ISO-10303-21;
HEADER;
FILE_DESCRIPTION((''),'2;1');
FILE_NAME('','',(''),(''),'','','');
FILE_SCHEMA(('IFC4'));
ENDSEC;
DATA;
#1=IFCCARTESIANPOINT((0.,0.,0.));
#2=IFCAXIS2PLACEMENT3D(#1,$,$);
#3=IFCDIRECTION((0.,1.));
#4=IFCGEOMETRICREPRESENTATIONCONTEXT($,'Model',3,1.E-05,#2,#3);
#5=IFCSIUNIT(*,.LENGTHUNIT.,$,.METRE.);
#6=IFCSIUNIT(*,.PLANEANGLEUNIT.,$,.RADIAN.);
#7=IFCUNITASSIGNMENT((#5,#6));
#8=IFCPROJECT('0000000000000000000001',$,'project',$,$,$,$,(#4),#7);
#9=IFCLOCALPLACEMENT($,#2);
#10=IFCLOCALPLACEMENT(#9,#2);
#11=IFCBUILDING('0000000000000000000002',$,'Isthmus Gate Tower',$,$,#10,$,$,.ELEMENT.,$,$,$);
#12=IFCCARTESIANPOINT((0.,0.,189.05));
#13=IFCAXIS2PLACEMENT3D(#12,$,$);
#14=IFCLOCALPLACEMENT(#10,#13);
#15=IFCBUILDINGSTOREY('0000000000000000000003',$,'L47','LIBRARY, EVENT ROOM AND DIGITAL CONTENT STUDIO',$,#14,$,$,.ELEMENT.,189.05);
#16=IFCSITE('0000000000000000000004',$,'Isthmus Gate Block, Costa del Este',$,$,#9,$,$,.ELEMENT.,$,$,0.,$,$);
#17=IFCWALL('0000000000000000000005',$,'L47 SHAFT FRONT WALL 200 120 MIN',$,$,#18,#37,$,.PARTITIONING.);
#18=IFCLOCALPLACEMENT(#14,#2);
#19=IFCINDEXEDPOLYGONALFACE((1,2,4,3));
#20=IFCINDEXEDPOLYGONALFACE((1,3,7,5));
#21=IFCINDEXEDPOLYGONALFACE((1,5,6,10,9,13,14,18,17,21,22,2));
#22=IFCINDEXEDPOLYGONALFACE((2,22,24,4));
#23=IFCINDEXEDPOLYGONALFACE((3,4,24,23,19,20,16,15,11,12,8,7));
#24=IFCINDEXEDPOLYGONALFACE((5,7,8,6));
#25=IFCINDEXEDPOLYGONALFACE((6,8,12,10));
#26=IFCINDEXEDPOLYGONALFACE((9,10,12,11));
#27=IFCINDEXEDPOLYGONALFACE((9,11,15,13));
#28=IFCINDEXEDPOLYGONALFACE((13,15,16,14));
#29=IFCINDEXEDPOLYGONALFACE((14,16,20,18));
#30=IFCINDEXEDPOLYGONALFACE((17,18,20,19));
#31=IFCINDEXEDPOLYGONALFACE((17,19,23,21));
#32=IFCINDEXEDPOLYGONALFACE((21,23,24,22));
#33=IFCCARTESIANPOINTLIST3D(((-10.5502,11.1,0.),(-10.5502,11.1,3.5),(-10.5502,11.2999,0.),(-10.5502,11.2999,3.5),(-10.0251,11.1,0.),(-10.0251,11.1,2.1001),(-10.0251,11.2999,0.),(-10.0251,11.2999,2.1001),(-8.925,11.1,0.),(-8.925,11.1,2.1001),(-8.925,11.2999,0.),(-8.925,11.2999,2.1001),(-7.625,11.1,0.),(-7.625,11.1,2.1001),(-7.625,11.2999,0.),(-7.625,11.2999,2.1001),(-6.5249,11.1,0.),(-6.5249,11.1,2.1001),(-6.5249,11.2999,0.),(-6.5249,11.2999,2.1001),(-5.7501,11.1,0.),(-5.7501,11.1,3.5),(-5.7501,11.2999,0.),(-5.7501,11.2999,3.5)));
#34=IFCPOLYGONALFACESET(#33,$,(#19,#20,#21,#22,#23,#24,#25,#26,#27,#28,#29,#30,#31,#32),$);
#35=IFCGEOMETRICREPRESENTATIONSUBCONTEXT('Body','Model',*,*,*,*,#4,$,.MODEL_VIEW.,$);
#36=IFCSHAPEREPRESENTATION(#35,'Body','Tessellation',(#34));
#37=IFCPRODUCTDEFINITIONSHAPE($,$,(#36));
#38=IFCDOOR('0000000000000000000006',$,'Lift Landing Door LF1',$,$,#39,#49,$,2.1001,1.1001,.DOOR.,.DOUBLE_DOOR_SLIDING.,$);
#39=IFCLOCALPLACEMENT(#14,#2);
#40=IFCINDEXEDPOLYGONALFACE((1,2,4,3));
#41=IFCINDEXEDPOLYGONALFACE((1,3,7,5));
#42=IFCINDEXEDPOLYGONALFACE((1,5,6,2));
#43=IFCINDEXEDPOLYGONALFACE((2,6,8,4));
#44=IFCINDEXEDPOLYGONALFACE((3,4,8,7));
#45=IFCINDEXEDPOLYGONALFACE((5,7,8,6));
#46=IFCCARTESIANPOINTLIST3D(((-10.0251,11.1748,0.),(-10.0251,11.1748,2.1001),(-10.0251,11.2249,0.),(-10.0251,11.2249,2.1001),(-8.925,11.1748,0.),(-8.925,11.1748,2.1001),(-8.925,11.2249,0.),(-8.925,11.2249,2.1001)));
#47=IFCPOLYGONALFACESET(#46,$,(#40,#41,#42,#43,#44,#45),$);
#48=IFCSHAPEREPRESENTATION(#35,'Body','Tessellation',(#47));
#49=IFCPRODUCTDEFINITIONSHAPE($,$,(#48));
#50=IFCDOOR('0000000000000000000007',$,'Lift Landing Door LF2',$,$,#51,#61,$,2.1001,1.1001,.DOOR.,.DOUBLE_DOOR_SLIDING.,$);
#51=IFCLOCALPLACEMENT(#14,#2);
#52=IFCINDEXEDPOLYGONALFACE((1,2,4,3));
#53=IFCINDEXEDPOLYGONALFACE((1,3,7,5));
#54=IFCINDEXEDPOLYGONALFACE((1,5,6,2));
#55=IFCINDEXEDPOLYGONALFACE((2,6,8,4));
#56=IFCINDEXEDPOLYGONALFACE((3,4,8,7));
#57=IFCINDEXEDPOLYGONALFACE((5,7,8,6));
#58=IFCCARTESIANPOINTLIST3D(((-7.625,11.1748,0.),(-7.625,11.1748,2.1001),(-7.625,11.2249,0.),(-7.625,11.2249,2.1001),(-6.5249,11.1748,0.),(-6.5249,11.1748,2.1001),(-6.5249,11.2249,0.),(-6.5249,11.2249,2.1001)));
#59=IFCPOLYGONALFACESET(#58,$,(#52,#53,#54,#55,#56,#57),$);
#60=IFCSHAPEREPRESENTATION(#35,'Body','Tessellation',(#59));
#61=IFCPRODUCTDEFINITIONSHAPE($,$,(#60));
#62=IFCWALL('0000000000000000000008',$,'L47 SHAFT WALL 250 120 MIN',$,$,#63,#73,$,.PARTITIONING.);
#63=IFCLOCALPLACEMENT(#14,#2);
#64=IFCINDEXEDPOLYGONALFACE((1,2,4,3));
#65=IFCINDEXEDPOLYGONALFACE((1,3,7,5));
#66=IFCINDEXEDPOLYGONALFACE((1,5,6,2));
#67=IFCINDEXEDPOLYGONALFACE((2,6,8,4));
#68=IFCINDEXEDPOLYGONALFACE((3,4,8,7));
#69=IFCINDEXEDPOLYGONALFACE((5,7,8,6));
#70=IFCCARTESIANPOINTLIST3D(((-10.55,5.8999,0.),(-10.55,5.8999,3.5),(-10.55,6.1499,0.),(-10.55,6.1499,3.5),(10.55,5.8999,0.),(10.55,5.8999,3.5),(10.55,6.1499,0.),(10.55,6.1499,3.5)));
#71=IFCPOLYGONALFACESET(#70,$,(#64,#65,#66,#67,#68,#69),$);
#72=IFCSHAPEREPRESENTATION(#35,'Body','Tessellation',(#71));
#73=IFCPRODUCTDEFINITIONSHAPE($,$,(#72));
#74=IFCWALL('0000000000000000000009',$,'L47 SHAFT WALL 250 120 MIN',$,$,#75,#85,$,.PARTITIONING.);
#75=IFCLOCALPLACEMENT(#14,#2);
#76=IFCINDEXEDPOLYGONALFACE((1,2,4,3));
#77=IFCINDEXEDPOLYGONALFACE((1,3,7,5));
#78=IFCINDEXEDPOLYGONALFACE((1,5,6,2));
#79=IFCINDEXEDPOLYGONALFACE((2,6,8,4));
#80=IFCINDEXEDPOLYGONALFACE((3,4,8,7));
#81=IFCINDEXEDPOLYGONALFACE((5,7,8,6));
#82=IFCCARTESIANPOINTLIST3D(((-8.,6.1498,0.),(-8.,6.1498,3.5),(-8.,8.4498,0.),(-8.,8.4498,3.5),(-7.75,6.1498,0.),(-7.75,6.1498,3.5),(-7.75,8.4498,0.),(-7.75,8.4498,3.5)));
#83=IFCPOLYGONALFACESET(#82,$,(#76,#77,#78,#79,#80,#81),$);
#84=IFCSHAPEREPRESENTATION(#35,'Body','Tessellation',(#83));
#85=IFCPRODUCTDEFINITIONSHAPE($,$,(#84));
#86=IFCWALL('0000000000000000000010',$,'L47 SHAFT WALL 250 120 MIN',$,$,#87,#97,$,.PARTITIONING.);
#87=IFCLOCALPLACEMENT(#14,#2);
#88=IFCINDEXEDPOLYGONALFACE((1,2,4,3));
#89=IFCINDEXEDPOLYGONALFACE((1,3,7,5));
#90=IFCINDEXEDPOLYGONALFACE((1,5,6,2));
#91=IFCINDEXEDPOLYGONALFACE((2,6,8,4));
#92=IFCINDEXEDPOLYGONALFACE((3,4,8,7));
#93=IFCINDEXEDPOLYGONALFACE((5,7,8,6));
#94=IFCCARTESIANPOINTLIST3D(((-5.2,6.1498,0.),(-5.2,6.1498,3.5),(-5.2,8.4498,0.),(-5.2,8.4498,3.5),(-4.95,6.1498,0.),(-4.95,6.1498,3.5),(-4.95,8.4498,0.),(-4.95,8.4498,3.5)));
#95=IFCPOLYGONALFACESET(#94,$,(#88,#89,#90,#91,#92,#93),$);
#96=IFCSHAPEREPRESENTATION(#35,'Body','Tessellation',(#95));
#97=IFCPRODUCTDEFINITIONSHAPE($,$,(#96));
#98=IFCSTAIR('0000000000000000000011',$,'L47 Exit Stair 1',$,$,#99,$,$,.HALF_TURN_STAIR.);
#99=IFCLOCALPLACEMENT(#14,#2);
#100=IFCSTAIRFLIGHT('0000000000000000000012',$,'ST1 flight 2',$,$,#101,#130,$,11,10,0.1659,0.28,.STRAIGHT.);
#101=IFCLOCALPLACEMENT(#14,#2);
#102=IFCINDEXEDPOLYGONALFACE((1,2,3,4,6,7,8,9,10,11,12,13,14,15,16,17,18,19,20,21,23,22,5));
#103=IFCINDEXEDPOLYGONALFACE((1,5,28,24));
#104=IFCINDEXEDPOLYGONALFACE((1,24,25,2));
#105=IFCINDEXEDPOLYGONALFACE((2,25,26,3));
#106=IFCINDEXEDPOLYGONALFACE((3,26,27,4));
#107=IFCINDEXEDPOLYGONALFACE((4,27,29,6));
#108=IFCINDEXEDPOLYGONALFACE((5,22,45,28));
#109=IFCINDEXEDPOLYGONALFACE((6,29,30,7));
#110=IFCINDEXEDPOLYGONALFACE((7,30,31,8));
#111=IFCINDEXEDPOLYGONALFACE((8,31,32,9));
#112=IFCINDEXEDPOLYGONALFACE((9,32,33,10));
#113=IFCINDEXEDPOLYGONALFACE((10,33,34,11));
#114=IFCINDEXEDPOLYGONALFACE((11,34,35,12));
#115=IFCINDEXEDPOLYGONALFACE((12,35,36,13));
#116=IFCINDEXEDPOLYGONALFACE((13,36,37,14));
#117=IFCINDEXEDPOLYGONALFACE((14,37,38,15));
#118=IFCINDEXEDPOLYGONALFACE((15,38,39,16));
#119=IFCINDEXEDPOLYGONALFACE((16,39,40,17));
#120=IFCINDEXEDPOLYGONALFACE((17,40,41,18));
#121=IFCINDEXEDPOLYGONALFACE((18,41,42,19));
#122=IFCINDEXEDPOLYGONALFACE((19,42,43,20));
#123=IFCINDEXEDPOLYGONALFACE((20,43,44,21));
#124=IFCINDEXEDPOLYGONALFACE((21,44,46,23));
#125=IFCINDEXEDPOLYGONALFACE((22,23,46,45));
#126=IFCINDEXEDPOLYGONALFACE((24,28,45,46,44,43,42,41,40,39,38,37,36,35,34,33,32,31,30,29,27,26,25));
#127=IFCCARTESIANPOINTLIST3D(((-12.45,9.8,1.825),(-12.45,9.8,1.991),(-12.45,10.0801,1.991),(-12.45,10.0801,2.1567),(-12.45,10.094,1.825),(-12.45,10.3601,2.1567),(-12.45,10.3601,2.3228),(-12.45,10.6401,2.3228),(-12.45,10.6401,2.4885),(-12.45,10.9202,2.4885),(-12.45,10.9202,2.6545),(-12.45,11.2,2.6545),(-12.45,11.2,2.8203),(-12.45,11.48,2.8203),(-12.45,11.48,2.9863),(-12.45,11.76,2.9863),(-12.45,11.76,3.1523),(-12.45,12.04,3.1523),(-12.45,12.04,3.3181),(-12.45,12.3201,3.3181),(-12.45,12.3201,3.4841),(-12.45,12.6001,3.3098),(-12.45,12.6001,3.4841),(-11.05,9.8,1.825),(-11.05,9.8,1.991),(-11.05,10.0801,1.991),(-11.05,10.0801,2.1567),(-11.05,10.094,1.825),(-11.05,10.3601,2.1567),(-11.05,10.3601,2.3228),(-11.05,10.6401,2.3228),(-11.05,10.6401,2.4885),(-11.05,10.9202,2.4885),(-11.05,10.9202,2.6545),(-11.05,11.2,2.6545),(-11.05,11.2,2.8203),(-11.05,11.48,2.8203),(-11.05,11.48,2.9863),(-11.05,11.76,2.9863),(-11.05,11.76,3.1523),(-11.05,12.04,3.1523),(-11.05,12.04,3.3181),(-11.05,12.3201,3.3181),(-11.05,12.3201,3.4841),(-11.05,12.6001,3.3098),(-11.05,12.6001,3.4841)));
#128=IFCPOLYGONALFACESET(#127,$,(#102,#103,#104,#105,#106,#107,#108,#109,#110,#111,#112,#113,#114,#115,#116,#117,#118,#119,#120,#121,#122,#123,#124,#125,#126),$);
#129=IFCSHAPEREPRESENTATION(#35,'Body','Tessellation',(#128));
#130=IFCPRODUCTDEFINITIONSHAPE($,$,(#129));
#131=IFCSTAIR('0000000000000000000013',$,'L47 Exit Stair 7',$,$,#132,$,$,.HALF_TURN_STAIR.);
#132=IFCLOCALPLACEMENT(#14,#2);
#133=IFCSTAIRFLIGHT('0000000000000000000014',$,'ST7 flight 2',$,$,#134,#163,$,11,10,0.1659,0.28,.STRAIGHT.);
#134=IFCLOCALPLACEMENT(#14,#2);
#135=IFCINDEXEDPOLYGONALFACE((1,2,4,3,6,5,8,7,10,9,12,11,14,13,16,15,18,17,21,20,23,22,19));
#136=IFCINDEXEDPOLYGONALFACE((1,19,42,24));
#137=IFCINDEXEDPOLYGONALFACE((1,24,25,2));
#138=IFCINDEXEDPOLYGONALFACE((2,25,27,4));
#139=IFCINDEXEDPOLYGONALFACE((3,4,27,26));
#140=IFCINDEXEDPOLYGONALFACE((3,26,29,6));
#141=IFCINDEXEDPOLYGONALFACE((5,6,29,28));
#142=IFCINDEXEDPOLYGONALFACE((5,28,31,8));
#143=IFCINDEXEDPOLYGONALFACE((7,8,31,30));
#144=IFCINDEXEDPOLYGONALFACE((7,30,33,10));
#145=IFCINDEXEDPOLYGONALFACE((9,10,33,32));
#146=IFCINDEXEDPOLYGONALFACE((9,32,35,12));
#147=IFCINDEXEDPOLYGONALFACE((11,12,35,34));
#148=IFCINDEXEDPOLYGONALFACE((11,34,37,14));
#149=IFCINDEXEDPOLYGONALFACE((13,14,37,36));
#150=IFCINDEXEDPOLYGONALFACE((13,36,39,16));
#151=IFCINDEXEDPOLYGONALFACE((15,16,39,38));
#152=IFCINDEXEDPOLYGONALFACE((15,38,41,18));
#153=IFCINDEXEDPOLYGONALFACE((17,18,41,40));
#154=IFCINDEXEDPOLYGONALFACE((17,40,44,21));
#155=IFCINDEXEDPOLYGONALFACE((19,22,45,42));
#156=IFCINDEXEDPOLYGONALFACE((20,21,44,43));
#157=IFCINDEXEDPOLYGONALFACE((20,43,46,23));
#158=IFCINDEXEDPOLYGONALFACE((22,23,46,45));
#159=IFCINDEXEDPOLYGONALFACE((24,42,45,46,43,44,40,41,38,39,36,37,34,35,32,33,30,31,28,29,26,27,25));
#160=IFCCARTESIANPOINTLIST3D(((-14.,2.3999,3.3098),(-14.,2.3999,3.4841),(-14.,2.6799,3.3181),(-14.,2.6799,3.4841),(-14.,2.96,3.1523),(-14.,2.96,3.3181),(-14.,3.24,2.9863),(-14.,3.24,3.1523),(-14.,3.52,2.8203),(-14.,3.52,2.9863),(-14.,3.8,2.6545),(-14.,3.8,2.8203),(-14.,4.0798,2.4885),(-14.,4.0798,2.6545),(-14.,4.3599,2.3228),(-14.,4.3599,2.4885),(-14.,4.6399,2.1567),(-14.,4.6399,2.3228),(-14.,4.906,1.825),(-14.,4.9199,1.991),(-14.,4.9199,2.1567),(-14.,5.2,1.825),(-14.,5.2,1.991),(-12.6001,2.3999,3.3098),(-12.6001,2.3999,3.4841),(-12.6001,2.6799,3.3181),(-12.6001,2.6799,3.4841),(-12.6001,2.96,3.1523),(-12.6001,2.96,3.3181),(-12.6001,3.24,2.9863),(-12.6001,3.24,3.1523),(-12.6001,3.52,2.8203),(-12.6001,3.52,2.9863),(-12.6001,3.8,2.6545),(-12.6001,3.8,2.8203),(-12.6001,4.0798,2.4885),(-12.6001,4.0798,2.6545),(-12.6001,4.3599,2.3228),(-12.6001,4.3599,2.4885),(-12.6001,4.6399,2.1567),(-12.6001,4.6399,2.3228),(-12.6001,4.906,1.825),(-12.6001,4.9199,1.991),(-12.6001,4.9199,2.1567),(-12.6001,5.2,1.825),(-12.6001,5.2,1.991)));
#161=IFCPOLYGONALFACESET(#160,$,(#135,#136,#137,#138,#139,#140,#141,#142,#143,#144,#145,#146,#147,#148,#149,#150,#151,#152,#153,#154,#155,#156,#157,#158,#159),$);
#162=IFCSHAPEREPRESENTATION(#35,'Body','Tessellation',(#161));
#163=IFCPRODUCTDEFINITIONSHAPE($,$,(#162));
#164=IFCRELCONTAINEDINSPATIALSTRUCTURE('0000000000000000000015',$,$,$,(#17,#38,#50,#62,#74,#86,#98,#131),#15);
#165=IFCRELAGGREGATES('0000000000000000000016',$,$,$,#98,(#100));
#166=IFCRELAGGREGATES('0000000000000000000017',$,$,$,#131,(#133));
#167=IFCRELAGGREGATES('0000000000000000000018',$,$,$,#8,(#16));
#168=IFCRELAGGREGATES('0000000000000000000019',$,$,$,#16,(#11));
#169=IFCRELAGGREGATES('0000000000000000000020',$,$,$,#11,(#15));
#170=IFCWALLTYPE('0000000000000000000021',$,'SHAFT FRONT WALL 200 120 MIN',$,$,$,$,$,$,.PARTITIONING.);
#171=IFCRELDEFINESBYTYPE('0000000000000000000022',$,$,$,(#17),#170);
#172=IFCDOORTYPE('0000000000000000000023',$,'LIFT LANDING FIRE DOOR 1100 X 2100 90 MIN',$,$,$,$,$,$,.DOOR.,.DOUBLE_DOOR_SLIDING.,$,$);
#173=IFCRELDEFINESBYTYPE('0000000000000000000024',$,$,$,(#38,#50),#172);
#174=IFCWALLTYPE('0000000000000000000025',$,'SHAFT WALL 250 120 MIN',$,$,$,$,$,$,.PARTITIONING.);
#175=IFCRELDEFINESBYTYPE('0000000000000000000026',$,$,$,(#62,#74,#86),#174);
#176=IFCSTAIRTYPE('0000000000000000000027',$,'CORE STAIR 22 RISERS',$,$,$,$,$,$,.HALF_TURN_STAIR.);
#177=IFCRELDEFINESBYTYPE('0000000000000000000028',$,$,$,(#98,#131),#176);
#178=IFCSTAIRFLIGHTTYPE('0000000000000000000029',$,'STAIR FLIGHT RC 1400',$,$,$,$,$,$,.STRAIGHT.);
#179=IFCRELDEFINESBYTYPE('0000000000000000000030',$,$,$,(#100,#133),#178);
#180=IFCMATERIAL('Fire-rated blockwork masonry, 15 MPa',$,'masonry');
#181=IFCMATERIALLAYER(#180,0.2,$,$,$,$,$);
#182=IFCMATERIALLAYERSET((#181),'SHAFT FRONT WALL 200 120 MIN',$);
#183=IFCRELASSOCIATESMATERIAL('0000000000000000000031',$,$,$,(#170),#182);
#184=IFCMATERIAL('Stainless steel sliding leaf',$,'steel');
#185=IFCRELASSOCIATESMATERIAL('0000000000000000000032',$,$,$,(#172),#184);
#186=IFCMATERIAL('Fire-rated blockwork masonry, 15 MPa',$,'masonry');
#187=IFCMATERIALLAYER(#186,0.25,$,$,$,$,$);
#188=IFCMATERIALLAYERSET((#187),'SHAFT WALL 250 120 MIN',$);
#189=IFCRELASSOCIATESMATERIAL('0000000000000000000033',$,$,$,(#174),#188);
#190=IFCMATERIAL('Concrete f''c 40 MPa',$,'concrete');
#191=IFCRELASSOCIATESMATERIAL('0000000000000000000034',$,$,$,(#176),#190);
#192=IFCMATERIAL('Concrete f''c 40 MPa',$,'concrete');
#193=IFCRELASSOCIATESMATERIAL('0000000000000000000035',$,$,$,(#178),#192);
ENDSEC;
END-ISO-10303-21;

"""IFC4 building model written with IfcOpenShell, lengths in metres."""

from ifc_helpers import new_model, si_unit, direction, frame, frame_2d, origin, place, context, subcontext, project, spatial, polyline, rectangle, outline, extrude, material, layer, layer_set, type_object, element, fill, aggregate, save


model = new_model("IFC4")

# Units and contexts
model_context = context("Model", 3, precision=1e-05, world=origin(), true_north=direction((0.0, 1.0)))
body_context = subcontext(model_context, "Body", "Model", "MODEL_VIEW")
ifc_project = project(units=[si_unit("LENGTHUNIT", "METRE"), si_unit("PLANEANGLEUNIT", "RADIAN")], contexts=[model_context])

# Site, building, storey
site_placement = place(None, origin())
site = spatial("IfcSite", under=ifc_project, at=site_placement, Name="Isthmus Gate Block, Costa del Este", CompositionType="ELEMENT", RefElevation=0.0)
building_placement = place(site_placement, origin())
building = spatial("IfcBuilding", under=site, at=building_placement, Name="Isthmus Gate Tower", CompositionType="ELEMENT")
storey_placement = place(building_placement, frame((0.0, 0.0, 189.05)))
storey = spatial("IfcBuildingStorey", under=building, at=storey_placement, Name="L47", Description="LIBRARY, EVENT ROOM AND DIGITAL CONTENT STUDIO", CompositionType="ELEMENT", Elevation=189.05)

# Wall, openings, doors
ifc_material_1 = material(Name="Fire-rated blockwork masonry, 15 MPa", Category="masonry")
ifc_layer_1 = layer(ifc_material_1, 0.2)
ifc_layer_set_1 = layer_set([ifc_layer_1], Name="SHAFT FRONT WALL 200 120 MIN")
wall_type_1 = type_object("IfcWallType", Name="SHAFT FRONT WALL 200 120 MIN", PredefinedType="PARTITIONING", material=ifc_layer_set_1)
wall_1_placement = place(storey_placement, frame((-10.55, 11.2, 0.0), z_axis=(0.0, 0.0, 1.0), x_axis=(1.0, 0.0, 0.0)))
wall_1 = element("IfcWall", 1, at=wall_1_placement, inside=storey, type_object=wall_type_1, Name="L47 SHAFT FRONT WALL 200 120 MIN", PredefinedType="PARTITIONING", context=body_context, shape_type="SweptSolid", body=[
    extrude(rectangle(XDim=4.8, YDim=0.2, at=frame_2d((2.3999, 0.0))), origin(), (0.0, 0.0, 1.0), 3.5),
])
opening_1_placement = place(wall_1_placement, frame((0.5249, 0.0, 0.0)))
opening_1 = element("IfcOpeningElement", 2, at=opening_1_placement, cuts=wall_1, PredefinedType="OPENING", context=body_context, shape_type="SweptSolid", body=[
    extrude(rectangle(XDim=1.1001, YDim=2.1001, at=frame_2d((0.55, 1.05))), frame((0.0, 0.1099, 0.0), z_axis=(0.0, -1.0, 0.0), x_axis=(1.0, 0.0, 0.0)), (0.0, 0.0, 1.0), 0.22),
])
opening_2_placement = place(wall_1_placement, frame((2.925, 0.0, 0.0)))
opening_2 = element("IfcOpeningElement", 3, at=opening_2_placement, cuts=wall_1, PredefinedType="OPENING", context=body_context, shape_type="SweptSolid", body=[
    extrude(rectangle(XDim=1.1001, YDim=2.1001, at=frame_2d((0.55, 1.05))), frame((0.0, 0.1099, 0.0), z_axis=(0.0, -1.0, 0.0), x_axis=(1.0, 0.0, 0.0)), (0.0, 0.0, 1.0), 0.22),
])
ifc_material_2 = material(Name="Stainless steel sliding leaf", Category="steel")
door_type_1 = type_object("IfcDoorType", Name="LIFT LANDING FIRE DOOR 1100 X 2100 90 MIN", OperationType="DOUBLE_DOOR_SLIDING", PredefinedType="DOOR", material=ifc_material_2)
door_1_placement = place(opening_1_placement, origin())
door_1 = element("IfcDoor", 4, at=door_1_placement, inside=storey, type_object=door_type_1, Name="Lift Landing Door LF1", OperationType="DOUBLE_DOOR_SLIDING", OverallHeight=2.1001, OverallWidth=1.1001, PredefinedType="DOOR", context=body_context, shape_type="SweptSolid", body=[
    extrude(rectangle(XDim=1.1001, YDim=2.1001, at=frame_2d((0.55, 1.05))), frame((0.0, 0.0249, 0.0), z_axis=(0.0, -1.0, 0.0), x_axis=(1.0, 0.0, 0.0)), (0.0, 0.0, 1.0), 0.05),
])
fill(opening_1, door_1)
door_2_placement = place(opening_2_placement, origin())
door_2 = element("IfcDoor", 5, at=door_2_placement, inside=storey, type_object=door_type_1, Name="Lift Landing Door LF2", OperationType="DOUBLE_DOOR_SLIDING", OverallHeight=2.1001, OverallWidth=1.1001, PredefinedType="DOOR", context=body_context, shape_type="SweptSolid", body=[
    extrude(rectangle(XDim=1.1001, YDim=2.1001, at=frame_2d((0.55, 1.05))), frame((0.0, 0.0249, 0.0), z_axis=(0.0, -1.0, 0.0), x_axis=(1.0, 0.0, 0.0)), (0.0, 0.0, 1.0), 0.05),
])
fill(opening_2, door_2)

# Walls
ifc_material_3 = material(Name="Fire-rated blockwork masonry, 15 MPa", Category="masonry")
ifc_layer_2 = layer(ifc_material_3, 0.25)
ifc_layer_set_2 = layer_set([ifc_layer_2], Name="SHAFT WALL 250 120 MIN")
wall_type_2 = type_object("IfcWallType", Name="SHAFT WALL 250 120 MIN", PredefinedType="PARTITIONING", material=ifc_layer_set_2)
wall_2_placement = place(storey_placement, frame((-10.55, 6.0249, 0.0), z_axis=(0.0, 0.0, 1.0), x_axis=(1.0, 0.0, 0.0)))
element("IfcWall", 6, at=wall_2_placement, inside=storey, type_object=wall_type_2, Name="L47 SHAFT WALL 250 120 MIN", PredefinedType="PARTITIONING", context=body_context, shape_type="SweptSolid", body=[
    extrude(rectangle(XDim=21.1001, YDim=0.25, at=frame_2d((10.55, 0.0))), origin(), (0.0, 0.0, 1.0), 3.5),
])
for number, where, z_axis, x_axis, name in (
    (7, (-7.875, 6.1499, 0.0), (0.0, 0.0, 1.0), (0.0, 1.0, 0.0), "L47 SHAFT WALL 250 120 MIN"),
    (8, (-5.075, 6.1499, 0.0), (0.0, 0.0, 1.0), (0.0, 1.0, 0.0), "L47 SHAFT WALL 250 120 MIN"),
):
    element("IfcWall", number, at=place(storey_placement, frame(where, z_axis=z_axis, x_axis=x_axis)), inside=storey, type_object=wall_type_2, Name=name, PredefinedType="PARTITIONING", context=body_context, shape_type="SweptSolid", body=[
        extrude(rectangle(XDim=2.3, YDim=0.25, at=frame_2d((1.1499, 0.0))), origin(), (0.0, 0.0, 1.0), 3.5),
    ])

# Stairs, stair flights
ifc_material_4 = material(Name="Concrete f'c 40 MPa", Category="concrete")
stair_type = type_object("IfcStairType", Name="CORE STAIR 22 RISERS", PredefinedType="HALF_TURN_STAIR", material=ifc_material_4)
stair_1_placement = place(storey_placement, origin())
stair_1 = element("IfcStair", 9, at=stair_1_placement, inside=storey, type_object=stair_type, Name="L47 Exit Stair 1", PredefinedType="HALF_TURN_STAIR")
ifc_material_5 = material(Name="Concrete f'c 40 MPa", Category="concrete")
stair_flight_type = type_object("IfcStairFlightType", Name="STAIR FLIGHT RC 1400", PredefinedType="STRAIGHT", material=ifc_material_5)
stair_flight_1_placement = place(storey_placement, frame((-11.75, 9.8, 1.825), z_axis=(0.0, 0.0, 1.0), x_axis=(0.0, 1.0, 0.0)))
stair_flight_1 = element("IfcStairFlight", 10, at=stair_flight_1_placement, type_object=stair_flight_type, Name="ST1 flight 2", NumberOfRisers=11, NumberOfTreads=10, PredefinedType="STRAIGHT", RiserHeight=0.1659, TreadLength=0.28, context=body_context, shape_type="SweptSolid", body=[
    extrude(outline(polyline([(0.0, 0.0), (0.0, 0.166), (0.28, 0.166), (0.28, 0.3318), (0.5601, 0.3318), (0.5601, 0.4978), (0.8401, 0.4978), (0.8401, 0.6636), (1.1201, 0.6636), (1.1201, 0.8296), (1.3999, 0.8296), (1.3999, 0.9954), (1.6799, 0.9954), (1.6799, 1.1614), (1.96, 1.1614), (1.96, 1.3274), (2.24, 1.3274), (2.24, 1.4932), (2.52, 1.4932), (2.52, 1.6592), (2.8, 1.6592), (2.8, 1.825), (2.8, 1.4849), (0.2939, 0.0), (0.0, 0.0)])), frame((0.0, 0.7, 0.0), z_axis=(0.0, -1.0, 0.0), x_axis=(1.0, 0.0, 0.0)), (0.0, 0.0, 1.0), 1.3999),
])
aggregate(stair_1, [stair_flight_1])
stair_2_placement = place(storey_placement, origin())
stair_2 = element("IfcStair", 11, at=stair_2_placement, inside=storey, type_object=stair_type, Name="L47 Exit Stair 7", PredefinedType="HALF_TURN_STAIR")
stair_flight_2_placement = place(storey_placement, frame((-13.3, 5.2, 1.825), z_axis=(0.0, 0.0, 1.0), x_axis=(0.0, -1.0, 0.0)))
stair_flight_2 = element("IfcStairFlight", 12, at=stair_flight_2_placement, type_object=stair_flight_type, Name="ST7 flight 2", NumberOfRisers=11, NumberOfTreads=10, PredefinedType="STRAIGHT", RiserHeight=0.1659, TreadLength=0.28, context=body_context, shape_type="SweptSolid", body=[
    extrude(outline(polyline([(0.0, 0.0), (0.0, 0.166), (0.28, 0.166), (0.28, 0.3318), (0.5601, 0.3318), (0.5601, 0.4978), (0.8401, 0.4978), (0.8401, 0.6636), (1.1201, 0.6636), (1.1201, 0.8296), (1.3999, 0.8296), (1.3999, 0.9954), (1.6799, 0.9954), (1.6799, 1.1614), (1.96, 1.1614), (1.96, 1.3274), (2.24, 1.3274), (2.24, 1.4932), (2.52, 1.4932), (2.52, 1.6592), (2.8, 1.6592), (2.8, 1.825), (2.8, 1.4849), (0.2939, 0.0), (0.0, 0.0)])), frame((0.0, 0.7, 0.0), z_axis=(0.0, -1.0, 0.0), x_axis=(1.0, 0.0, 0.0)), (0.0, 0.0, 1.0), 1.3999),
])
aggregate(stair_2, [stair_flight_2])

save(model, "model.ifc")
